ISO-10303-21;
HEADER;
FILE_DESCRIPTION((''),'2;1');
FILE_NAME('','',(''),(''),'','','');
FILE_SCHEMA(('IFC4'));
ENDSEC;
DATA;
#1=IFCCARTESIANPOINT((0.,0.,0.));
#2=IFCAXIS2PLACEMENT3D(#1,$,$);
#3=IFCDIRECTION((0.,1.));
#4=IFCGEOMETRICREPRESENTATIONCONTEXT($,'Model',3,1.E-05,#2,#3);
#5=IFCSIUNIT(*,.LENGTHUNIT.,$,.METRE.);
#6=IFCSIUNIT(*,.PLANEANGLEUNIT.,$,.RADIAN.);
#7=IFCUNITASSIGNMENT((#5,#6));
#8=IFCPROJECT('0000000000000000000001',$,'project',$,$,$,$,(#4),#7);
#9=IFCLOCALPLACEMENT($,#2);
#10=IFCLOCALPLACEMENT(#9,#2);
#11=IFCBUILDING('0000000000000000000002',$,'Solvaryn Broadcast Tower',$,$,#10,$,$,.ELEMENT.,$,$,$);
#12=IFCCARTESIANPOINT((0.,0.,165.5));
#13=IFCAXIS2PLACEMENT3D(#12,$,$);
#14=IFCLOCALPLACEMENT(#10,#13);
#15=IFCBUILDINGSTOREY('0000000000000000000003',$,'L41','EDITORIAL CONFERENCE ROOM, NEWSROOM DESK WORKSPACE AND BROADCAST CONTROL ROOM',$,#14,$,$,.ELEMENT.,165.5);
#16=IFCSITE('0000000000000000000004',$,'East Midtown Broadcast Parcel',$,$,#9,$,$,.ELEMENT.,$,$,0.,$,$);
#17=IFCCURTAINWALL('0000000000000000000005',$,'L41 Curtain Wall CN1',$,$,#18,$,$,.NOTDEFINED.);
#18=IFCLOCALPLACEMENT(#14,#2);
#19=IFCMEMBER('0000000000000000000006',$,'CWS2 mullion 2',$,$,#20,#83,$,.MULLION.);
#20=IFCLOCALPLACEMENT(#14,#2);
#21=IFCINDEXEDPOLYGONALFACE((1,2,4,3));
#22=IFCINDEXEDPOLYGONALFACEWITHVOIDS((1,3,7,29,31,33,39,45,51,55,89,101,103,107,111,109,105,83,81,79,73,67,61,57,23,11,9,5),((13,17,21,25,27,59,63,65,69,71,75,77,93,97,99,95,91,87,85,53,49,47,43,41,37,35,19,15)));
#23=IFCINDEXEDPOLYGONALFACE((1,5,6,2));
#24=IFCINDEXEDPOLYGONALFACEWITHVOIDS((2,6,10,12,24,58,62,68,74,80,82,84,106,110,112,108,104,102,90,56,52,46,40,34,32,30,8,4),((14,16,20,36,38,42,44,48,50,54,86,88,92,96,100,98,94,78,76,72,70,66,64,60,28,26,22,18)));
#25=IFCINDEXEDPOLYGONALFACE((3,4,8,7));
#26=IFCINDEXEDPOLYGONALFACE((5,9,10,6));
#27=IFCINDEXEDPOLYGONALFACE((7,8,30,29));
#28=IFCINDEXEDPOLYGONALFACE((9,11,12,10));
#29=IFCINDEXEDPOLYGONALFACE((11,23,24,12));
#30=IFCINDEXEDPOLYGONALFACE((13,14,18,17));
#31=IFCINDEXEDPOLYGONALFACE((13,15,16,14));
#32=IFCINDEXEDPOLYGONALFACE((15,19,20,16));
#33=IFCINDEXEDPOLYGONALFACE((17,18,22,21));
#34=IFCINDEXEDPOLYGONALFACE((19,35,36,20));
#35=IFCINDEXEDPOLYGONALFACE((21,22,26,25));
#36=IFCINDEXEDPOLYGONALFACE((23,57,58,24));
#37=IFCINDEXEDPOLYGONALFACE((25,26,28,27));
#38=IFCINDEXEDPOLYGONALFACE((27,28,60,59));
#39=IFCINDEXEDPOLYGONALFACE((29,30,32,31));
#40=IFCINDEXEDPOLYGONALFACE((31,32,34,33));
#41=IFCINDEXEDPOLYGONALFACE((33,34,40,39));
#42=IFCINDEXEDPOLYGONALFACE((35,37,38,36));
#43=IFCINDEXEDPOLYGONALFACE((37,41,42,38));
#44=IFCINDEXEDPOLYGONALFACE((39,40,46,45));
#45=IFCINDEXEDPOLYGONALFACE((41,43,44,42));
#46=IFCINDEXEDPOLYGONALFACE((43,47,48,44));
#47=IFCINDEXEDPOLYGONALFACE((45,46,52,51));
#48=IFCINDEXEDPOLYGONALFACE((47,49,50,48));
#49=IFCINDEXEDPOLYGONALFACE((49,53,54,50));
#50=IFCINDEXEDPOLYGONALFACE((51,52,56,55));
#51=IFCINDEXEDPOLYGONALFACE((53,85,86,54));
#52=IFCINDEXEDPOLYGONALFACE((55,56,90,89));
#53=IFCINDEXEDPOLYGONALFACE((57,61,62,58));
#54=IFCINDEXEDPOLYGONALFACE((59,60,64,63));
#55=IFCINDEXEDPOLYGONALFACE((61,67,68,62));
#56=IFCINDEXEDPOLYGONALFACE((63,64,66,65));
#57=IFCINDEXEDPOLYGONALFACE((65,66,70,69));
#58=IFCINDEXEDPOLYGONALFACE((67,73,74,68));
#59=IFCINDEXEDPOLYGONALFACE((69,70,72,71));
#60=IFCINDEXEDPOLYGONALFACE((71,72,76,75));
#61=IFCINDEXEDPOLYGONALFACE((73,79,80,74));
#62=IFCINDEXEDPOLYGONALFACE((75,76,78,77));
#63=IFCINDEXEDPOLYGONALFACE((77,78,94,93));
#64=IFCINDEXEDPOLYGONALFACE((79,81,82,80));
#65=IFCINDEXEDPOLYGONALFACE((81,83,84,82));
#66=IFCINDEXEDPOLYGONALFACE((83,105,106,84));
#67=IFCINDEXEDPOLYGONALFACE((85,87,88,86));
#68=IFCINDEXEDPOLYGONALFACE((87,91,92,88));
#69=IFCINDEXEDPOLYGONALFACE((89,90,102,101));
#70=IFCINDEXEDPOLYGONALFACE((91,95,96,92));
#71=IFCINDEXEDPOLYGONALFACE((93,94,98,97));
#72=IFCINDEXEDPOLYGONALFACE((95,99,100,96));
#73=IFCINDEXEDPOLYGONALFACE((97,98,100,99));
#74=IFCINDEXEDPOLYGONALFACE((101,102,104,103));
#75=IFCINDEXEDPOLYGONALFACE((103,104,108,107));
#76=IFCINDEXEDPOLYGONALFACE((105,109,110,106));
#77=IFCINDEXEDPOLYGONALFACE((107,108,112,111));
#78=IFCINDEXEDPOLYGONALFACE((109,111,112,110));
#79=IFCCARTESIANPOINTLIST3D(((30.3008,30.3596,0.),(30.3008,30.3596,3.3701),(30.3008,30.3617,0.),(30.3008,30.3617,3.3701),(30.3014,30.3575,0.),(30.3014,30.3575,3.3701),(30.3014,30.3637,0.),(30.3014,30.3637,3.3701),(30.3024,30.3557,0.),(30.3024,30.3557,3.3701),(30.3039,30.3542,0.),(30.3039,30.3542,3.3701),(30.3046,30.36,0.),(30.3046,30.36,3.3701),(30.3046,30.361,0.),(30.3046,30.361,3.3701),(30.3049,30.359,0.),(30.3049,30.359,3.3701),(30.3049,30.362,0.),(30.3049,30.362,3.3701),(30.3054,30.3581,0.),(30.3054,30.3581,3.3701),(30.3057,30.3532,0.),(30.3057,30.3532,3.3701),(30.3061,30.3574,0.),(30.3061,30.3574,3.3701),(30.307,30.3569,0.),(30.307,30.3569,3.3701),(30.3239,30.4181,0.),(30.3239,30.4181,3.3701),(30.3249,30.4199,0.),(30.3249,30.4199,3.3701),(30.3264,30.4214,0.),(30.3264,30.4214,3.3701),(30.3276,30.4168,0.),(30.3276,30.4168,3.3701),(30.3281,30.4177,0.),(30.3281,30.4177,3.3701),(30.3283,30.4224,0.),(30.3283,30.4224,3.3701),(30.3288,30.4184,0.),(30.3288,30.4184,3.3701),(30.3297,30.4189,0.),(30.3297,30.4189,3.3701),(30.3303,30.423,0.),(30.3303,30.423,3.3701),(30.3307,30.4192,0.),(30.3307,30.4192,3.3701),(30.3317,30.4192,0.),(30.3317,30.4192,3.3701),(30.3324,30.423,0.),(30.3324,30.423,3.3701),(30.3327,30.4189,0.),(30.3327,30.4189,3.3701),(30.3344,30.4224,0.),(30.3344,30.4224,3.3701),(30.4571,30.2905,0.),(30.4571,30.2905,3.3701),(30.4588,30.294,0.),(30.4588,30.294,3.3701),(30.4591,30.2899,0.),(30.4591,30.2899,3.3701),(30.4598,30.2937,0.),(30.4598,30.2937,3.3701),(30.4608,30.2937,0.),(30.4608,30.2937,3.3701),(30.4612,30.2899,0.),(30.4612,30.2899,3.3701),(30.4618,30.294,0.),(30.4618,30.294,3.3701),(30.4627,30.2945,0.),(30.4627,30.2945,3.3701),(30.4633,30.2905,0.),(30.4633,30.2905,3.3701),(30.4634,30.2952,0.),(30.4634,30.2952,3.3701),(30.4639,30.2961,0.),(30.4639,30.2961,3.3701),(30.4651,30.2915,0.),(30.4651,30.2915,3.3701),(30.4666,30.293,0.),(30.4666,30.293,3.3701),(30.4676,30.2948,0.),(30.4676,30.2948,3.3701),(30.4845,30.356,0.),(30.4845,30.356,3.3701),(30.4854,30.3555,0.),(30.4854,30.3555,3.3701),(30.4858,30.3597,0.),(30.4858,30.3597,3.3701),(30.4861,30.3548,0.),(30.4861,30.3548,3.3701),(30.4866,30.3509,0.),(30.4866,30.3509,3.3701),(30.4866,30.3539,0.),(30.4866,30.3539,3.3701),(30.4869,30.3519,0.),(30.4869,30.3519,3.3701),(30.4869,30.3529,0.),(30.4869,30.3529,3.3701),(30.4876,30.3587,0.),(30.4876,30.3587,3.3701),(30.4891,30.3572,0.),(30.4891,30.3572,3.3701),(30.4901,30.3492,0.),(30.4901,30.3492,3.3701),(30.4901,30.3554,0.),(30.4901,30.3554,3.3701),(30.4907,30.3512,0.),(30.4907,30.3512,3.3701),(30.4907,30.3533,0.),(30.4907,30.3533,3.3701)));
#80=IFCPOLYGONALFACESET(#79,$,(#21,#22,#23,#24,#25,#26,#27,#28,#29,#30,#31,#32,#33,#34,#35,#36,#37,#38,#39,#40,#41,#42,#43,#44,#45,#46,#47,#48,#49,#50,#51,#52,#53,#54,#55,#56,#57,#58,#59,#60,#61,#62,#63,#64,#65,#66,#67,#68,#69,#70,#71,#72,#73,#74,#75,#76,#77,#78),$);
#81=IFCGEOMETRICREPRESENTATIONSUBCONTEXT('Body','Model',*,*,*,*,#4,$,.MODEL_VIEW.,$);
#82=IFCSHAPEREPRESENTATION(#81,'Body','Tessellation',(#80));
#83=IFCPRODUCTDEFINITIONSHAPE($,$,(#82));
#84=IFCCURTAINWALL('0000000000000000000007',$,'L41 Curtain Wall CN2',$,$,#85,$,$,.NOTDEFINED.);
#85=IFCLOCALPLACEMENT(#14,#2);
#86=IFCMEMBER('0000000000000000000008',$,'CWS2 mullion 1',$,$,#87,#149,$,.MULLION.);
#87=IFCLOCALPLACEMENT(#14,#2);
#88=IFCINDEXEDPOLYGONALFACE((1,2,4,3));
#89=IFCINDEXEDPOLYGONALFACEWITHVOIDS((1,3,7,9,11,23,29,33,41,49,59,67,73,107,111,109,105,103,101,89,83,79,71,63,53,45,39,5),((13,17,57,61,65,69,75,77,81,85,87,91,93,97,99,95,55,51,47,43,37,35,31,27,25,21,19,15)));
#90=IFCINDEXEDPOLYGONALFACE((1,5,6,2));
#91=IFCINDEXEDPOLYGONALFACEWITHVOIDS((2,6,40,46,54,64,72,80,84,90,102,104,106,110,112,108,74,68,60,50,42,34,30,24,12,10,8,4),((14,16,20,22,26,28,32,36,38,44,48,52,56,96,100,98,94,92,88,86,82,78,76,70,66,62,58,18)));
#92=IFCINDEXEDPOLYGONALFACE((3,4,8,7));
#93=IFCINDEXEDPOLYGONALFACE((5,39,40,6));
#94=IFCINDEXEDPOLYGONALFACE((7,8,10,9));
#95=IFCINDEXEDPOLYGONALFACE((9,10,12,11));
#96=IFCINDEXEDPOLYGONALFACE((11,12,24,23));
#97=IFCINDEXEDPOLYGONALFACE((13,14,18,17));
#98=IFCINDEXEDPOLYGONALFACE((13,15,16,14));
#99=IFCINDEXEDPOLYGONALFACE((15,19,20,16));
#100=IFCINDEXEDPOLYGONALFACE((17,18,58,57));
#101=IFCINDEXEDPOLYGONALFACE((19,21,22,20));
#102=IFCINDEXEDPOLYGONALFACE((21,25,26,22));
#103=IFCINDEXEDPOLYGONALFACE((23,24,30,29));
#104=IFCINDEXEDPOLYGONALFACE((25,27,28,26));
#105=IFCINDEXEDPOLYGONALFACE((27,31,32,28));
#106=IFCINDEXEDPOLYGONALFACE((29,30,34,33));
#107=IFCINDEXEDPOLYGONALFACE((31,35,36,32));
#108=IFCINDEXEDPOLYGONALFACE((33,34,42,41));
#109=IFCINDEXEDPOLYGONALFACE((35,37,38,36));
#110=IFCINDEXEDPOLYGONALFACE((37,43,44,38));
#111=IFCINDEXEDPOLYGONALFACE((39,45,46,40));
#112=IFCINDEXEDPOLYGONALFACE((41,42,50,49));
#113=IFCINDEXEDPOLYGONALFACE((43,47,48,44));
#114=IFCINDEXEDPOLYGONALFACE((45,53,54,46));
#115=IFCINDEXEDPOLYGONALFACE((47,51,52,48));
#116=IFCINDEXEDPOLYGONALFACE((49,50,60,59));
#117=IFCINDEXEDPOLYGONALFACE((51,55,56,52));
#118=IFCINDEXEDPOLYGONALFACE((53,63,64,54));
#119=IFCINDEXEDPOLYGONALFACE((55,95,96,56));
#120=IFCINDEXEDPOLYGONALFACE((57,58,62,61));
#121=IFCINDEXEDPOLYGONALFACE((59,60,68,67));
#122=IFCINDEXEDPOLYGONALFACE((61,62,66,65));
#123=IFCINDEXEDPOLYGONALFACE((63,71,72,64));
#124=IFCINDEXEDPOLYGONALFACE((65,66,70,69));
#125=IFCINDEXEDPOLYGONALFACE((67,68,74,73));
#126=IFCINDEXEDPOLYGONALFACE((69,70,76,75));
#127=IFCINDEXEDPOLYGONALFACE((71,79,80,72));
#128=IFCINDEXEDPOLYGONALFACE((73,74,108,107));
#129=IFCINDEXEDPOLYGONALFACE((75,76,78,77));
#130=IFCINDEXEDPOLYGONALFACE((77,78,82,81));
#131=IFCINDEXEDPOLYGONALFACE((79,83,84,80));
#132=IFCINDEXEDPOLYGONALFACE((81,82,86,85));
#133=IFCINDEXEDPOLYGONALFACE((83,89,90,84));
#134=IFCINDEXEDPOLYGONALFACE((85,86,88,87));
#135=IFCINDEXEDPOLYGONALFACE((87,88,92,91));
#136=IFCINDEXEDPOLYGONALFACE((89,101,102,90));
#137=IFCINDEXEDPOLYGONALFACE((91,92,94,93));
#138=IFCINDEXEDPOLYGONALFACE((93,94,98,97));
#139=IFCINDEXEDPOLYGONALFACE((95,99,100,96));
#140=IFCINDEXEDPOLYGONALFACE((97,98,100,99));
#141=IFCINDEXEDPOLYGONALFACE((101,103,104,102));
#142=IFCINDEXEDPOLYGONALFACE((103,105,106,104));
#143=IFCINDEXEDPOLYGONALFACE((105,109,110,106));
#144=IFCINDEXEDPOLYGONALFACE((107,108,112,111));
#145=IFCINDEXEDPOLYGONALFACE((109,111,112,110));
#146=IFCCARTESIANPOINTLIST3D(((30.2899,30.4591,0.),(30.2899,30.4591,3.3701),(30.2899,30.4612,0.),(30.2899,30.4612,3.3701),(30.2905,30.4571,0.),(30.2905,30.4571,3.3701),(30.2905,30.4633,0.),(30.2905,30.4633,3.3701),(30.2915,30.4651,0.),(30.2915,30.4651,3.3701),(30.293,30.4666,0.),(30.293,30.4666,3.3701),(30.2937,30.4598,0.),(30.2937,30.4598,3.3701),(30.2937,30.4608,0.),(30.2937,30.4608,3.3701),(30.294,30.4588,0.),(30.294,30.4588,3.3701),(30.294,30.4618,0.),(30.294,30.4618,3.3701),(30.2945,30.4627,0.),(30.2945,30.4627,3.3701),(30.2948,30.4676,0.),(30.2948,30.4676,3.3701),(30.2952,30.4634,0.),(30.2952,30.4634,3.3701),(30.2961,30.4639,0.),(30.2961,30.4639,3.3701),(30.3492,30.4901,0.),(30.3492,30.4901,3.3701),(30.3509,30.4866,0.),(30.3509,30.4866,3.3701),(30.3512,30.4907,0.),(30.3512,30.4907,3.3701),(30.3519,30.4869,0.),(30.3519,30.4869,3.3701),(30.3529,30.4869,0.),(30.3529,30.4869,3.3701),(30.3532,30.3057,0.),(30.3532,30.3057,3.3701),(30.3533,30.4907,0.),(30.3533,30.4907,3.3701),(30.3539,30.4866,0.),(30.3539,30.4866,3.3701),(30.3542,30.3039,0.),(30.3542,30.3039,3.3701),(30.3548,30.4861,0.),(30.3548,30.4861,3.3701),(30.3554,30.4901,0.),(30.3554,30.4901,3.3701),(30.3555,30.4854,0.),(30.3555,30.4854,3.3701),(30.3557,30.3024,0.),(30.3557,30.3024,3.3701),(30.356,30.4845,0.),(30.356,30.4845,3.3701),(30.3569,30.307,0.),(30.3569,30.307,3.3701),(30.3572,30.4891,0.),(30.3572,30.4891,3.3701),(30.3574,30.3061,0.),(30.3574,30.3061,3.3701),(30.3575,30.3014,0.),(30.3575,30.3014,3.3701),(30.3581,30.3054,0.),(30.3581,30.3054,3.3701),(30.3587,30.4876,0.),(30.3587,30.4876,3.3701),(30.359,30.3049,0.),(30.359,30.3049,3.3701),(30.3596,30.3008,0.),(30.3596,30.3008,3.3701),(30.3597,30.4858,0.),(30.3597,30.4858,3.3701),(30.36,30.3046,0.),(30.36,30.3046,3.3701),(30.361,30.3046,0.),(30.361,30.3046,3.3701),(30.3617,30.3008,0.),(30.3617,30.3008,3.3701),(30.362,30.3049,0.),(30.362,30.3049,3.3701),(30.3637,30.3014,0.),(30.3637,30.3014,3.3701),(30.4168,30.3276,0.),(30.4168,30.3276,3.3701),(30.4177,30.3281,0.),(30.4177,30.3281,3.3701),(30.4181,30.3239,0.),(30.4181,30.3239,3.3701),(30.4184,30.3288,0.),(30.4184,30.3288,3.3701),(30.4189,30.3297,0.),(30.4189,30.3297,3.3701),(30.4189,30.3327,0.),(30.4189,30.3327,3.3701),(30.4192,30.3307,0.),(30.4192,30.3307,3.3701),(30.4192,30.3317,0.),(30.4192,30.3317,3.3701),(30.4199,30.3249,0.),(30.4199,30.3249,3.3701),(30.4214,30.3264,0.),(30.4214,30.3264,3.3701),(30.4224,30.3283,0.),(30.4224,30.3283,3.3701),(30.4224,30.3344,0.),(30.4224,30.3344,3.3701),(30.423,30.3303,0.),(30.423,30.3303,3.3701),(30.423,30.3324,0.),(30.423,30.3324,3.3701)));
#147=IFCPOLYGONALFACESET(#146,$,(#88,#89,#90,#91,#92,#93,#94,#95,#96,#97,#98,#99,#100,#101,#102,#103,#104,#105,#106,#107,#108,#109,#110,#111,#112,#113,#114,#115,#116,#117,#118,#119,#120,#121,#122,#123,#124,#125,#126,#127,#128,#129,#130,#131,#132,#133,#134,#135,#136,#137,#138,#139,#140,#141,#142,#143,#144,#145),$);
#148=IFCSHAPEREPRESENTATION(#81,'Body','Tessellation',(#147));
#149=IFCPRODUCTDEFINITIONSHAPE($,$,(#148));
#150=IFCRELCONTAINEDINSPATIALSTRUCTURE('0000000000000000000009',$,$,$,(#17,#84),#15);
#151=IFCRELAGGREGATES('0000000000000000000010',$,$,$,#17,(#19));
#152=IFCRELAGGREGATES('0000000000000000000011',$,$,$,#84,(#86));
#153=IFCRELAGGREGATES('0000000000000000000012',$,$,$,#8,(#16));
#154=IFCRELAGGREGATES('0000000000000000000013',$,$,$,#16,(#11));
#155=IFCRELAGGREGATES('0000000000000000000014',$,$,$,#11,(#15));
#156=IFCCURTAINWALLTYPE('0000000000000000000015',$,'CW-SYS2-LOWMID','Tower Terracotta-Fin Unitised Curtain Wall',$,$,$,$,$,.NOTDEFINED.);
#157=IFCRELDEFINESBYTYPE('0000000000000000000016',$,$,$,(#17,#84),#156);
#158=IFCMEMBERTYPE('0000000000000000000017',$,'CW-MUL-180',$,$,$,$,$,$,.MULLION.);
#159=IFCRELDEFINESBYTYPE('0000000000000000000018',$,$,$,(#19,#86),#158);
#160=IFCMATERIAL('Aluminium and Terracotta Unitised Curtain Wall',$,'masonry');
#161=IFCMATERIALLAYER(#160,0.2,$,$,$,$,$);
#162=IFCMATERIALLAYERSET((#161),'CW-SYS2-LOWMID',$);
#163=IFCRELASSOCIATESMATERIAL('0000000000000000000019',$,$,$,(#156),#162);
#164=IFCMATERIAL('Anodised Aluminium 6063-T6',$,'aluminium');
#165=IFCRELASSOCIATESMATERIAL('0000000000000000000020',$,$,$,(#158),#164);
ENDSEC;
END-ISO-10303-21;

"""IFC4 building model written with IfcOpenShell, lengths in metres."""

from ifc_helpers import new_model, si_unit, direction, frame, origin, origin_2d, place, context, subcontext, project, spatial, hollow_rectangle, extrude, material, layer, layer_set, material_profile, profile_set, type_object, element, aggregate, save


model = new_model("IFC4")

# Units and contexts
model_context = context("Model", 3, precision=1e-05, world=origin(), true_north=direction((0.0, 1.0)))
body_context = subcontext(model_context, "Body", "Model", "MODEL_VIEW")
ifc_project = project(units=[si_unit("LENGTHUNIT", "METRE"), si_unit("PLANEANGLEUNIT", "RADIAN")], contexts=[model_context])

# Site, building, storey
site_placement = place(None, origin())
site = spatial("IfcSite", under=ifc_project, at=site_placement, Name="East Midtown Broadcast Parcel", CompositionType="ELEMENT", RefElevation=0.0)
building_placement = place(site_placement, origin())
building = spatial("IfcBuilding", under=site, at=building_placement, Name="Solvaryn Broadcast Tower", CompositionType="ELEMENT")
storey_placement = place(building_placement, frame((0.0, 0.0, 165.5)))
storey = spatial("IfcBuildingStorey", under=building, at=storey_placement, Name="L41", Description="EDITORIAL CONFERENCE ROOM, NEWSROOM DESK WORKSPACE AND BROADCAST CONTROL ROOM", CompositionType="ELEMENT", Elevation=165.5)

# Curtain wall, member
ifc_material_1 = material(Name="Aluminium and Terracotta Unitised Curtain Wall", Category="masonry")
ifc_layer_1 = layer(ifc_material_1, 0.2)
ifc_layer_set_1 = layer_set([ifc_layer_1], Name="CW-SYS2-LOWMID")
curtain_wall_type = type_object("IfcCurtainWallType", Name="CW-SYS2-LOWMID", Description="Tower Terracotta-Fin Unitised Curtain Wall", PredefinedType="NOTDEFINED", material=ifc_layer_set_1)
curtain_wall_1_placement = place(storey_placement, origin())
curtain_wall_1 = element("IfcCurtainWall", 1, at=curtain_wall_1_placement, inside=storey, type_object=curtain_wall_type, Name="L41 Curtain Wall CN1", PredefinedType="NOTDEFINED")
ifc_material_2 = material(Name="Anodised Aluminium 6063-T6", Category="aluminium")
ifc_material_profile_1 = material_profile(ifc_material_2, hollow_rectangle(XDim=0.075, YDim=0.1799, WallThickness=0.0039, InnerFilletRadius=0.0039, OuterFilletRadius=0.0081, at=origin_2d()))
ifc_profile_set_1 = profile_set([ifc_material_profile_1], Name="Anodised Aluminium 6063-T6")
member_type_1 = type_object("IfcMemberType", Name="CW-MUL-180", PredefinedType="MULLION", material=ifc_profile_set_1)
member_1_placement = place(storey_placement, frame((30.3958, 30.3564, 0.0), z_axis=(0.0, 0.0, 1.0), x_axis=(-0.382646, -0.923895, 0.0)))
member_1 = element("IfcMember", 2, at=member_1_placement, type_object=member_type_1, Name="CWS2 mullion 2", PredefinedType="MULLION", context=body_context, shape_type="SweptSolid", body=[
    extrude(hollow_rectangle(XDim=0.075, YDim=0.1799, WallThickness=0.0039, InnerFilletRadius=0.0039, OuterFilletRadius=0.0081, at=origin_2d()), origin(), (0.0, 0.0, 1.0), 3.3701),
])

# Curtain wall, member
curtain_wall_2_placement = place(storey_placement, origin())
curtain_wall_2 = element("IfcCurtainWall", 3, at=curtain_wall_2_placement, inside=storey, type_object=curtain_wall_type, Name="L41 Curtain Wall CN2", PredefinedType="NOTDEFINED")
member_2_placement = place(storey_placement, frame((30.3564, 30.3958, 0.0), z_axis=(0.0, 0.0, 1.0), x_axis=(-0.923895, -0.382646, 0.0)))
member_2 = element("IfcMember", 4, at=member_2_placement, type_object=member_type_1, Name="CWS2 mullion 1", PredefinedType="MULLION", context=body_context, shape_type="SweptSolid", body=[
    extrude(hollow_rectangle(XDim=0.075, YDim=0.1799, WallThickness=0.0039, InnerFilletRadius=0.0039, OuterFilletRadius=0.0081, at=origin_2d()), origin(), (0.0, 0.0, 1.0), 3.3701),
])

aggregate(curtain_wall_1, [member_1])
aggregate(curtain_wall_2, [member_2])

save(model, "model.ifc")
